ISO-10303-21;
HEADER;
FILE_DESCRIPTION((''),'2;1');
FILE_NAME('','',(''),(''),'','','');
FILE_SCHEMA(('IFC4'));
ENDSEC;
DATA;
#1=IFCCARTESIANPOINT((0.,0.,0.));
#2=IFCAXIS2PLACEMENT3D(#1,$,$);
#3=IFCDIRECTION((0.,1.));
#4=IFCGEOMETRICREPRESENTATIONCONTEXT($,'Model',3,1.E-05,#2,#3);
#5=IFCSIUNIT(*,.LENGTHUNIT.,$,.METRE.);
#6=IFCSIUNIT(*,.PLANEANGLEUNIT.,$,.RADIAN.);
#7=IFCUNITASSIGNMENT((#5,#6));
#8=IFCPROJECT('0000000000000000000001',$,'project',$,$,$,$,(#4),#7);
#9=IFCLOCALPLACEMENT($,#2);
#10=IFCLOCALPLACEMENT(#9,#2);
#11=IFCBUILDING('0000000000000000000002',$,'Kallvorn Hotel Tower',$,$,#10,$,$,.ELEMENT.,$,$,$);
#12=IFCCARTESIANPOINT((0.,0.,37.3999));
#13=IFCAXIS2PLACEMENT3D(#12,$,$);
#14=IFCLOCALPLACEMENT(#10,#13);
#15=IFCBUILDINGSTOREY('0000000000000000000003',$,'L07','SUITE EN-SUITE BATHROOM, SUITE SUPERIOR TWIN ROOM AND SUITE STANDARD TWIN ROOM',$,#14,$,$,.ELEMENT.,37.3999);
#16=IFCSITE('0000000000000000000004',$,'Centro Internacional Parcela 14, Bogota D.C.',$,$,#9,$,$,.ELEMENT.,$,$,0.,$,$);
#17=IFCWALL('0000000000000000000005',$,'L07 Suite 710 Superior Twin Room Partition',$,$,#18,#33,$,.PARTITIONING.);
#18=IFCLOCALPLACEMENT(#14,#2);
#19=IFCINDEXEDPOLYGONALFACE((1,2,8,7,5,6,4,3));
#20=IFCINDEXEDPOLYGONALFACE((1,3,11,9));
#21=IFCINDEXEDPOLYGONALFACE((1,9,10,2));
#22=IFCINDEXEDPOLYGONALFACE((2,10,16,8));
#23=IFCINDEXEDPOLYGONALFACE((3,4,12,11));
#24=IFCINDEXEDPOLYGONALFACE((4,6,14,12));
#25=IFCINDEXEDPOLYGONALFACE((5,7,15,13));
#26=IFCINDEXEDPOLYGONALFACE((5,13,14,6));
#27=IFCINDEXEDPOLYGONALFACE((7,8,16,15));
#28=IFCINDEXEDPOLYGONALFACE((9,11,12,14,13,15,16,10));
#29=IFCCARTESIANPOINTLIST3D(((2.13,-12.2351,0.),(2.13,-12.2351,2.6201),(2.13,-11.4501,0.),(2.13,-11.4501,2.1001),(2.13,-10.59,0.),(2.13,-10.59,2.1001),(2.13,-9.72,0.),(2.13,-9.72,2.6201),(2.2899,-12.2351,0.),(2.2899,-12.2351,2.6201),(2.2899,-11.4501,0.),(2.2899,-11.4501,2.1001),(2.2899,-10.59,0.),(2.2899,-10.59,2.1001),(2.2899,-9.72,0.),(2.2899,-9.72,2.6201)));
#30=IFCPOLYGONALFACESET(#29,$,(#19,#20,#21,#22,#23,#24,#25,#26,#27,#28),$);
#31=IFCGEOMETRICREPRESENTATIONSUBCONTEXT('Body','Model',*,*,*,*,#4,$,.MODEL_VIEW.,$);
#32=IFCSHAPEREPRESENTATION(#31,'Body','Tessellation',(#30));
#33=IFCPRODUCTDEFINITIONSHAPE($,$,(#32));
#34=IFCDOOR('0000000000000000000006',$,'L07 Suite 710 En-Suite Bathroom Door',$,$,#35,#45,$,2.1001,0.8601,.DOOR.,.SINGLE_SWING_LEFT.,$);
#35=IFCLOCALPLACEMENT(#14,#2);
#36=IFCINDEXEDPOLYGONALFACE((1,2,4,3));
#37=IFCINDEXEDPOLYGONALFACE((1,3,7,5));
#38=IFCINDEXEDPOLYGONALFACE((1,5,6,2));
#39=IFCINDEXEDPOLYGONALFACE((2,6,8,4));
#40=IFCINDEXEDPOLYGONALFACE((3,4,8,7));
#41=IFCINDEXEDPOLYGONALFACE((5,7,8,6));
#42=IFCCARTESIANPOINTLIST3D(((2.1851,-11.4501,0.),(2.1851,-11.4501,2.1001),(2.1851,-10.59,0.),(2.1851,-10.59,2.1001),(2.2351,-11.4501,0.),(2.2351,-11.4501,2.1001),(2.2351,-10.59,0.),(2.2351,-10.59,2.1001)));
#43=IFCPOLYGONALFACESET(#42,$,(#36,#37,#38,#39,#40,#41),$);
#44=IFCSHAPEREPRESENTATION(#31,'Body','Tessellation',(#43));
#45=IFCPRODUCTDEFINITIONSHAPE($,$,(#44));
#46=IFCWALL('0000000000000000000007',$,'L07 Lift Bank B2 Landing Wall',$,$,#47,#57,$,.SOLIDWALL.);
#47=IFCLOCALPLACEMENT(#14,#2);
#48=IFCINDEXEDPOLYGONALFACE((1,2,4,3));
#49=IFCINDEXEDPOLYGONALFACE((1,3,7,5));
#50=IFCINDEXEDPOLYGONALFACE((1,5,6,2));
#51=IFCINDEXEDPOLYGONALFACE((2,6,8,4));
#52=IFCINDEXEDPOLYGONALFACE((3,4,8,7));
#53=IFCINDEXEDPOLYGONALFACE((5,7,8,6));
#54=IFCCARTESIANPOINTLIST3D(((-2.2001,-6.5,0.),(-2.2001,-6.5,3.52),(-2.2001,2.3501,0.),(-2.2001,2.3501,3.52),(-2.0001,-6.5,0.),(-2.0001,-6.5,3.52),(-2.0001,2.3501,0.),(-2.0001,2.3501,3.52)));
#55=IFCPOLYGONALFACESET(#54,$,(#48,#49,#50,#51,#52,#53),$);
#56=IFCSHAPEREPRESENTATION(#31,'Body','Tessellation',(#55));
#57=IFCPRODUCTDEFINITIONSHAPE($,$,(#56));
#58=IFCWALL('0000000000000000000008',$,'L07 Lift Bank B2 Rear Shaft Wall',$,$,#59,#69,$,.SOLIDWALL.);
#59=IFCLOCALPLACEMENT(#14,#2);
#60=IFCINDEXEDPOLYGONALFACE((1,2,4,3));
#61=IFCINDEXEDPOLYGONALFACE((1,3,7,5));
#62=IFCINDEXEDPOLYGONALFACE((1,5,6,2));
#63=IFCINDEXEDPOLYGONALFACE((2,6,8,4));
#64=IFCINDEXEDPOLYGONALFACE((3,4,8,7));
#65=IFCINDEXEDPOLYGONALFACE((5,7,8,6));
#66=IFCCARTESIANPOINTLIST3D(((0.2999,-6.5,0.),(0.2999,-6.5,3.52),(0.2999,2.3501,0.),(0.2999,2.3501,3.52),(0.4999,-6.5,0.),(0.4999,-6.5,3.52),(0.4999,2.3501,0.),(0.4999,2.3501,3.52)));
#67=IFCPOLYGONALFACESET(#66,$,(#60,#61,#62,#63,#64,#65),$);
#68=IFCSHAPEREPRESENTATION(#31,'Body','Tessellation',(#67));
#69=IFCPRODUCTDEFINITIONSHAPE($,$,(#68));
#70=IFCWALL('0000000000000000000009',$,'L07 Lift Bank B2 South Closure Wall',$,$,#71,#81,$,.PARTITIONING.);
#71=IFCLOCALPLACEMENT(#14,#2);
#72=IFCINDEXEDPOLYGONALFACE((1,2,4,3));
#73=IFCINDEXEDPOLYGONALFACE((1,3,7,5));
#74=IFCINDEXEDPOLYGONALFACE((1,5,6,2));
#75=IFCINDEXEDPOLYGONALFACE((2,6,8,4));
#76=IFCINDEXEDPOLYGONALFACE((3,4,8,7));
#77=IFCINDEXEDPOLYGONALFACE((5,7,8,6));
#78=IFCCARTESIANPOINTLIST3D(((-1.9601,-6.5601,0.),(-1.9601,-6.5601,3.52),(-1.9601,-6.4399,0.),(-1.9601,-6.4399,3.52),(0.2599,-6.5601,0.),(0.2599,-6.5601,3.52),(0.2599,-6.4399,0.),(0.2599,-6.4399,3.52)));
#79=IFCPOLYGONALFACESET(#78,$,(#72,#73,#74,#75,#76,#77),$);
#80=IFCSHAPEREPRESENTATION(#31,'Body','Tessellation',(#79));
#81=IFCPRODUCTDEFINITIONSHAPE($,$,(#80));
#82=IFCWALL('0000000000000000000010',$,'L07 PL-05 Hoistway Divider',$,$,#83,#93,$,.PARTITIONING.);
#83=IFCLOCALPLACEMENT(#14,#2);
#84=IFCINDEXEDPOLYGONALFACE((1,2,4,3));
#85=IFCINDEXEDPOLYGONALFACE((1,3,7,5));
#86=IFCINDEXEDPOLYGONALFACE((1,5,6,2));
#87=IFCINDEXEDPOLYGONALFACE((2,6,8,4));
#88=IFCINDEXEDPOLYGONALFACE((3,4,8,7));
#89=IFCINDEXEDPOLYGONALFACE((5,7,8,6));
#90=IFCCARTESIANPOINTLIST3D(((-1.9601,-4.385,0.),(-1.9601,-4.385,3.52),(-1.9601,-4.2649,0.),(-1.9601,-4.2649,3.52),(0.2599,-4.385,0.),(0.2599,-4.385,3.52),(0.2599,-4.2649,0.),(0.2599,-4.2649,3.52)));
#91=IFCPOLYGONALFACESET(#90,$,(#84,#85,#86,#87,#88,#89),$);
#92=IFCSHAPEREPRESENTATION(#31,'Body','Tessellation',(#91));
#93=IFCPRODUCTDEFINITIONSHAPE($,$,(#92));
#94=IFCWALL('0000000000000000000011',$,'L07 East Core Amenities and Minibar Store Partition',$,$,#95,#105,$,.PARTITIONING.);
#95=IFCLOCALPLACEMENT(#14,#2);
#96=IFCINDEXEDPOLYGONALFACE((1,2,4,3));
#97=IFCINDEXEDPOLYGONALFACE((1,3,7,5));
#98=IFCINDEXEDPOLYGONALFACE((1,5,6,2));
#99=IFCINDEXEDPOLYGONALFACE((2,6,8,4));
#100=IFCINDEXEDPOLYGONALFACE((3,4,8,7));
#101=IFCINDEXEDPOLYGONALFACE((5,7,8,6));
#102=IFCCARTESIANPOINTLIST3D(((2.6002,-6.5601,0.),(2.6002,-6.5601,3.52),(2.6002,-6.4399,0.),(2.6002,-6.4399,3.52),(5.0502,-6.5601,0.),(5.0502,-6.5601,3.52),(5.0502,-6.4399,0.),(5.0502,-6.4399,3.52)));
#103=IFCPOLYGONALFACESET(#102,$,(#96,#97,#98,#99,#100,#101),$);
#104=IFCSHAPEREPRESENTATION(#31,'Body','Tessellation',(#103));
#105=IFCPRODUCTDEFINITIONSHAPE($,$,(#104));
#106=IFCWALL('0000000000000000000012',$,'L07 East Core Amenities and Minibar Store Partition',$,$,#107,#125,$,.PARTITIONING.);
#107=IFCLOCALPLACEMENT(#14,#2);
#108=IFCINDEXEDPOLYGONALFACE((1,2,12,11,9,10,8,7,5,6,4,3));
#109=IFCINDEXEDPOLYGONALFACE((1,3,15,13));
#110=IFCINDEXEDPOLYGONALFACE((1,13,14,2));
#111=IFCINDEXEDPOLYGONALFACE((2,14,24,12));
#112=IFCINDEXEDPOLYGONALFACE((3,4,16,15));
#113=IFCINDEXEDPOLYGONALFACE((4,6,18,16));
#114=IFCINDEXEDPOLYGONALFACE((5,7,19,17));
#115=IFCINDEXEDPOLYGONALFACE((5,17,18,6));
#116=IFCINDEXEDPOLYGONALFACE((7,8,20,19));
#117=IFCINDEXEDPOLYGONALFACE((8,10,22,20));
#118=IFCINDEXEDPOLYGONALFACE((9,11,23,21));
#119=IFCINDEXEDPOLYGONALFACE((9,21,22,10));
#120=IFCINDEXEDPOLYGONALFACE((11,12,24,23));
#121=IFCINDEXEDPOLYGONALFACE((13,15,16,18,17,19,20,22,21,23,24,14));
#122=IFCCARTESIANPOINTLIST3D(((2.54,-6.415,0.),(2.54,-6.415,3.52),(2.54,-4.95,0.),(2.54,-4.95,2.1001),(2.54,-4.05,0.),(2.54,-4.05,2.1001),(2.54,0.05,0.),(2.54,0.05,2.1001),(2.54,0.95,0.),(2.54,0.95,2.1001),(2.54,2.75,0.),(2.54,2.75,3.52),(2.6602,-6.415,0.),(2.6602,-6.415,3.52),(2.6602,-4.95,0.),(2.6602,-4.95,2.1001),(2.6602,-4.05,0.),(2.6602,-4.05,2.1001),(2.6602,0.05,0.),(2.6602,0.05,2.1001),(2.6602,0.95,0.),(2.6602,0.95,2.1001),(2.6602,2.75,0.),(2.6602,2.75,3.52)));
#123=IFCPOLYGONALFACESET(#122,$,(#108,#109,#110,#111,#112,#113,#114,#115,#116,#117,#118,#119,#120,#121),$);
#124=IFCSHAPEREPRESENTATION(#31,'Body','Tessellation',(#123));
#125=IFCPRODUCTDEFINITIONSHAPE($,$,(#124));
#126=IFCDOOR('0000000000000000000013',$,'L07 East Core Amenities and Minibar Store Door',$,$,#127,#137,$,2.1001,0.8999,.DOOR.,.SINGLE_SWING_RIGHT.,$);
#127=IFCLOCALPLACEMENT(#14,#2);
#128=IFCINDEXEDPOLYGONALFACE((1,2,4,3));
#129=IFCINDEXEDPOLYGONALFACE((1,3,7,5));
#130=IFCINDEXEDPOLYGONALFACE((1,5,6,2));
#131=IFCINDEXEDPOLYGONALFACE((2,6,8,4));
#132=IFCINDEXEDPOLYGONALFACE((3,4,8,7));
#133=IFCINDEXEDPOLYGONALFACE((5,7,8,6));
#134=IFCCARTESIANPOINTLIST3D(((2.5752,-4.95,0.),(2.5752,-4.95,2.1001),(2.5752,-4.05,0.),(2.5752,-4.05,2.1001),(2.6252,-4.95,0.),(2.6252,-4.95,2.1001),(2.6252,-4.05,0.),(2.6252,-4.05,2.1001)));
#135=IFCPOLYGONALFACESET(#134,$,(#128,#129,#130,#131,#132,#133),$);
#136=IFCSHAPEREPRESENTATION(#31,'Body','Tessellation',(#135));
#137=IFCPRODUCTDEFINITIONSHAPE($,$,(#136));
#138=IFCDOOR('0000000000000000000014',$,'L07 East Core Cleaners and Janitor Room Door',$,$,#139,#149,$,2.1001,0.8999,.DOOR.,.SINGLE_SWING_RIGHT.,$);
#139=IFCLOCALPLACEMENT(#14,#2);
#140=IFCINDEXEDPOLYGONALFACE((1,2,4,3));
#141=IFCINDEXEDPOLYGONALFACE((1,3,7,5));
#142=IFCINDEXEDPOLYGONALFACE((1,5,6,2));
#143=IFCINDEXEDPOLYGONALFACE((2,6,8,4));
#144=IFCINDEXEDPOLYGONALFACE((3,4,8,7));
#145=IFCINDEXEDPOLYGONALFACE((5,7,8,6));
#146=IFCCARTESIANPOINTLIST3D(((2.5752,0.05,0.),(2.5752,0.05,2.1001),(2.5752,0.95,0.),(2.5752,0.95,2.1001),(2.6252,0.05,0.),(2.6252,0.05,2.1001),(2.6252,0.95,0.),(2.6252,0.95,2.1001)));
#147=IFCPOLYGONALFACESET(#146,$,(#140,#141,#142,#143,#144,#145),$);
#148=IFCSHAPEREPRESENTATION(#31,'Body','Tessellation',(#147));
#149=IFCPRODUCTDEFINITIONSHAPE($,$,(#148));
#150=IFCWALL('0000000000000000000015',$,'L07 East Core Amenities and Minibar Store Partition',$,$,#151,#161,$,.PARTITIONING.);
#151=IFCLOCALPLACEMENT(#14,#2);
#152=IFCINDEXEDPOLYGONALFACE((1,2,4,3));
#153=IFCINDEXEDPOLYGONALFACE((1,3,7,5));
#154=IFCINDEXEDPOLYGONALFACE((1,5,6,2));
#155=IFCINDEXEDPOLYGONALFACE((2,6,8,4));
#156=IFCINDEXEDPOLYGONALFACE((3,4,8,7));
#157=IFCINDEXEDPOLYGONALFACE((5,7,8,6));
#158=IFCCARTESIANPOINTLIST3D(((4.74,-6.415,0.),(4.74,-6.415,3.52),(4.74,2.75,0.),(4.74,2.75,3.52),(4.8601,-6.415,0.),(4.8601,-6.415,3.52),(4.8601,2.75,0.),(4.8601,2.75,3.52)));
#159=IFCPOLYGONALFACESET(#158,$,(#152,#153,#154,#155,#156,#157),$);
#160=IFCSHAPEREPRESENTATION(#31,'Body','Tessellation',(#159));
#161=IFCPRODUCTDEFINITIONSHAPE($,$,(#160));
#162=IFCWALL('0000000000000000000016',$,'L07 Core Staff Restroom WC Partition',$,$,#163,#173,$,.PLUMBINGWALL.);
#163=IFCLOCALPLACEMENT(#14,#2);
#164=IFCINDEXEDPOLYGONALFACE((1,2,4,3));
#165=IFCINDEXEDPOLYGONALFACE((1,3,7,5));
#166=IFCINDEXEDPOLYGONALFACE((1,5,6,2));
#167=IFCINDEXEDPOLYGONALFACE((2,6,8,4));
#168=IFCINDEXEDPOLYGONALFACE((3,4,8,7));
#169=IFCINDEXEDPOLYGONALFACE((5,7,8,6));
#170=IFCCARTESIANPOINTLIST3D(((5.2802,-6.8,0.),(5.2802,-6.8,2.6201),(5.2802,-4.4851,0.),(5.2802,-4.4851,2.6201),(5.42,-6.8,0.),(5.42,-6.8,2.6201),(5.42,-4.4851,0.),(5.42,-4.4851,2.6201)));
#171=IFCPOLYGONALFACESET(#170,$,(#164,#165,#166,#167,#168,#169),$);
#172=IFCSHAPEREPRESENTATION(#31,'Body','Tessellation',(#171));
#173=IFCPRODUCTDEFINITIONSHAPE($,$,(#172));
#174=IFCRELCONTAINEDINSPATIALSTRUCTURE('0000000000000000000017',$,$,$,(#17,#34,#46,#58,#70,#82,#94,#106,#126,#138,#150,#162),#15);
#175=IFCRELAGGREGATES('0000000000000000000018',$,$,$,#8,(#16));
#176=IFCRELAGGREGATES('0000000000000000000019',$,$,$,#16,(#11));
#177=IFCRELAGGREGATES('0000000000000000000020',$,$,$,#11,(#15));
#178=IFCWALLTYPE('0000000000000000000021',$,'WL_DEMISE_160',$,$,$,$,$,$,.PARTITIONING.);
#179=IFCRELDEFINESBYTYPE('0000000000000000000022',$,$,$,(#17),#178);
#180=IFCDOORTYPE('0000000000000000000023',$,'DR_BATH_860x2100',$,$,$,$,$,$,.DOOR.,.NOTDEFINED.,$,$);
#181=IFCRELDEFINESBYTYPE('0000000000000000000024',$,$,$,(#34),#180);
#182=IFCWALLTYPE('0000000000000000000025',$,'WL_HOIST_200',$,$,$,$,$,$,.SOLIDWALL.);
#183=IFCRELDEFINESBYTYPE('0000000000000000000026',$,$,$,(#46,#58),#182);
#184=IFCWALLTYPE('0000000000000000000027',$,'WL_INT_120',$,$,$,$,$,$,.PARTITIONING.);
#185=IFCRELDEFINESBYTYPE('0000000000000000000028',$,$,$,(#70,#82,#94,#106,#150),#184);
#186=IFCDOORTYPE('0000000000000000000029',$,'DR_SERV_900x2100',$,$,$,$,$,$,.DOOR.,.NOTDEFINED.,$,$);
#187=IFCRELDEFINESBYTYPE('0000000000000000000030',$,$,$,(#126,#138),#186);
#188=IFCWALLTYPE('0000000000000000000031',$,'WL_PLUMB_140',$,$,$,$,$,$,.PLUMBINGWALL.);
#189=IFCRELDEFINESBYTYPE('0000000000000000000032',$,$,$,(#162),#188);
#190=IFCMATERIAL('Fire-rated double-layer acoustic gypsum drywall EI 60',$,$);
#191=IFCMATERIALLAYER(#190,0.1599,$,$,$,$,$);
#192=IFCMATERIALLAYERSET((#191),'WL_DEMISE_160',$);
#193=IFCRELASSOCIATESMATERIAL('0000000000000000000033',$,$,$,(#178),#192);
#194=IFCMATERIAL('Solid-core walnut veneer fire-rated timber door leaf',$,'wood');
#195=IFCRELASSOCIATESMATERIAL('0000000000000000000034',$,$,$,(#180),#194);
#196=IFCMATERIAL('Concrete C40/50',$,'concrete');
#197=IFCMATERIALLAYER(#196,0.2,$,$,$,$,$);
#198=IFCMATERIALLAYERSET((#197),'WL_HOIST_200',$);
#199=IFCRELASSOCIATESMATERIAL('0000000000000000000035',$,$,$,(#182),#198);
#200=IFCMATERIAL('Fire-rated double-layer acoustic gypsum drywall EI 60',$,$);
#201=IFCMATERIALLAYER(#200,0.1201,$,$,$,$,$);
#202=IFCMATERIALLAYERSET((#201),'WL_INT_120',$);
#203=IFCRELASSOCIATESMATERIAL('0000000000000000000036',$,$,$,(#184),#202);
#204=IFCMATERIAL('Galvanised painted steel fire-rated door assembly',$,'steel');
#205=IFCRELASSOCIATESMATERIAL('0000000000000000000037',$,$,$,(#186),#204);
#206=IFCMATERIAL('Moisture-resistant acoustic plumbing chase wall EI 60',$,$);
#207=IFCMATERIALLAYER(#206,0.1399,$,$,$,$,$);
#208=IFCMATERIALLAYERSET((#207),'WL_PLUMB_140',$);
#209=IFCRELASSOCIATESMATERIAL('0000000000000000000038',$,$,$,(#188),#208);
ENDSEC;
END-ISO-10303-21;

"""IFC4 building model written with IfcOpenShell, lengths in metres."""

from ifc_helpers import new_model, si_unit, direction, frame, frame_2d, origin, place, context, subcontext, project, spatial, rectangle, extrude, material, layer, layer_set, type_object, element, fill, save


model = new_model("IFC4")

# Units and contexts
model_context = context("Model", 3, precision=1e-05, world=origin(), true_north=direction((0.0, 1.0)))
body_context = subcontext(model_context, "Body", "Model", "MODEL_VIEW")
ifc_project = project(units=[si_unit("LENGTHUNIT", "METRE"), si_unit("PLANEANGLEUNIT", "RADIAN")], contexts=[model_context])

# Site, building, storey
site_placement = place(None, origin())
site = spatial("IfcSite", under=ifc_project, at=site_placement, Name="Centro Internacional Parcela 14, Bogota D.C.", CompositionType="ELEMENT", RefElevation=0.0)
building_placement = place(site_placement, origin())
building = spatial("IfcBuilding", under=site, at=building_placement, Name="Kallvorn Hotel Tower", CompositionType="ELEMENT")
storey_placement = place(building_placement, frame((0.0, 0.0, 37.3999)))
storey = spatial("IfcBuildingStorey", under=building, at=storey_placement, Name="L07", Description="SUITE EN-SUITE BATHROOM, SUITE SUPERIOR TWIN ROOM AND SUITE STANDARD TWIN ROOM", CompositionType="ELEMENT", Elevation=37.3999)

# Wall, opening, door
ifc_material_1 = material(Name="Fire-rated double-layer acoustic gypsum drywall EI 60")
ifc_layer_1 = layer(ifc_material_1, 0.1599)
ifc_layer_set_1 = layer_set([ifc_layer_1], Name="WL_DEMISE_160")
wall_type_1 = type_object("IfcWallType", Name="WL_DEMISE_160", PredefinedType="PARTITIONING", material=ifc_layer_set_1)
ifc_material_2 = material(Name="Solid-core walnut veneer fire-rated timber door leaf", Category="wood")
door_type_1 = type_object("IfcDoorType", Name="DR_BATH_860x2100", OperationType="NOTDEFINED", PredefinedType="DOOR", material=ifc_material_2)
wall_1_placement = place(storey_placement, frame((2.21, -12.2351, 0.0), z_axis=(0.0, 0.0, 1.0), x_axis=(0.0, 1.0, 0.0)))
wall_1 = element("IfcWall", 1, at=wall_1_placement, inside=storey, type_object=wall_type_1, Name="L07 Suite 710 Superior Twin Room Partition", PredefinedType="PARTITIONING", context=body_context, shape_type="SweptSolid", body=[
    extrude(rectangle(XDim=2.5151, YDim=0.1599, at=frame_2d((1.2576, 0.0))), origin(), (0.0, 0.0, 1.0), 2.6201),
])
opening_1_placement = place(wall_1_placement, frame((0.7849, 0.0, 0.0)))
opening_1 = element("IfcOpeningElement", 2, at=opening_1_placement, cuts=wall_1, PredefinedType="OPENING", context=body_context, shape_type="SweptSolid", body=[
    extrude(rectangle(XDim=0.8601, YDim=2.1001, at=frame_2d((0.4302, 1.05))), frame((0.0, 0.095, 0.0), z_axis=(0.0, -1.0, 0.0), x_axis=(1.0, 0.0, 0.0)), (0.0, 0.0, 1.0), 0.1899),
])
door_1_placement = place(opening_1_placement, origin())
door_1 = element("IfcDoor", 3, at=door_1_placement, inside=storey, type_object=door_type_1, Name="L07 Suite 710 En-Suite Bathroom Door", OperationType="SINGLE_SWING_LEFT", OverallHeight=2.1001, OverallWidth=0.8601, PredefinedType="DOOR", context=body_context, shape_type="SweptSolid", body=[
    extrude(rectangle(XDim=0.8601, YDim=2.1001, at=frame_2d((0.4302, 1.05))), frame((0.0, 0.0249, 0.0), z_axis=(0.0, -1.0, 0.0), x_axis=(1.0, 0.0, 0.0)), (0.0, 0.0, 1.0), 0.05),
])
fill(opening_1, door_1)

# Walls
ifc_material_3 = material(Name="Concrete C40/50", Category="concrete")
ifc_layer_2 = layer(ifc_material_3, 0.2)
ifc_layer_set_2 = layer_set([ifc_layer_2], Name="WL_HOIST_200")
wall_type_2 = type_object("IfcWallType", Name="WL_HOIST_200", PredefinedType="SOLIDWALL", material=ifc_layer_set_2)
for number, where, z_axis, x_axis, name in (
    (4, (-2.1001, -6.5, 0.0), (0.0, 0.0, 1.0), (0.0, 1.0, 0.0), "L07 Lift Bank B2 Landing Wall"),
    (5, (0.3999, -6.5, 0.0), (0.0, 0.0, 1.0), (0.0, 1.0, 0.0), "L07 Lift Bank B2 Rear Shaft Wall"),
):
    element("IfcWall", number, at=place(storey_placement, frame(where, z_axis=z_axis, x_axis=x_axis)), inside=storey, type_object=wall_type_2, Name=name, PredefinedType="SOLIDWALL", context=body_context, shape_type="SweptSolid", body=[
        extrude(rectangle(XDim=8.8501, YDim=0.2, at=frame_2d((4.425, 0.0))), origin(), (0.0, 0.0, 1.0), 3.52),
    ])
ifc_material_4 = material(Name="Fire-rated double-layer acoustic gypsum drywall EI 60")
ifc_layer_3 = layer(ifc_material_4, 0.1201)
ifc_layer_set_3 = layer_set([ifc_layer_3], Name="WL_INT_120")
wall_type_3 = type_object("IfcWallType", Name="WL_INT_120", PredefinedType="PARTITIONING", material=ifc_layer_set_3)
for number, where, z_axis, x_axis, name in (
    (6, (-1.96, -6.5, 0.0), (0.0, 0.0, 1.0), (1.0, 0.0, 0.0), "L07 Lift Bank B2 South Closure Wall"),
    (7, (-1.96, -4.325, 0.0), (0.0, 0.0, 1.0), (1.0, 0.0, 0.0), "L07 PL-05 Hoistway Divider"),
):
    element("IfcWall", number, at=place(storey_placement, frame(where, z_axis=z_axis, x_axis=x_axis)), inside=storey, type_object=wall_type_3, Name=name, PredefinedType="PARTITIONING", context=body_context, shape_type="SweptSolid", body=[
        extrude(rectangle(XDim=2.22, YDim=0.1201, at=frame_2d((1.1099, 0.0))), origin(), (0.0, 0.0, 1.0), 3.52),
    ])
wall_2_placement = place(storey_placement, frame((2.6001, -6.5, 0.0), z_axis=(0.0, 0.0, 1.0), x_axis=(1.0, 0.0, 0.0)))
element("IfcWall", 8, at=wall_2_placement, inside=storey, type_object=wall_type_3, Name="L07 East Core Amenities and Minibar Store Partition", PredefinedType="PARTITIONING", context=body_context, shape_type="SweptSolid", body=[
    extrude(rectangle(XDim=2.45, YDim=0.1201, at=frame_2d((1.2251, 0.0))), origin(), (0.0, 0.0, 1.0), 3.52),
])

# Wall, openings, doors
wall_3_placement = place(storey_placement, frame((2.6001, -6.415, 0.0), z_axis=(0.0, 0.0, 1.0), x_axis=(0.0, 1.0, 0.0)))
wall_3 = element("IfcWall", 9, at=wall_3_placement, inside=storey, type_object=wall_type_3, Name="L07 East Core Amenities and Minibar Store Partition", PredefinedType="PARTITIONING", context=body_context, shape_type="SweptSolid", body=[
    extrude(rectangle(XDim=9.165, YDim=0.1201, at=frame_2d((4.5825, 0.0))), origin(), (0.0, 0.0, 1.0), 3.52),
])
opening_2_placement = place(wall_3_placement, frame((1.4651, 0.0, 0.0)))
opening_2 = element("IfcOpeningElement", 10, at=opening_2_placement, cuts=wall_3, PredefinedType="OPENING", context=body_context, shape_type="SweptSolid", body=[
    extrude(rectangle(XDim=0.8999, YDim=2.1001, at=frame_2d((0.45, 1.05))), frame((0.0, 0.075, 0.0), z_axis=(0.0, -1.0, 0.0), x_axis=(1.0, 0.0, 0.0)), (0.0, 0.0, 1.0), 0.1501),
])
opening_3_placement = place(wall_3_placement, frame((6.4651, 0.0, 0.0)))
opening_3 = element("IfcOpeningElement", 11, at=opening_3_placement, cuts=wall_3, PredefinedType="OPENING", context=body_context, shape_type="SweptSolid", body=[
    extrude(rectangle(XDim=0.8999, YDim=2.1001, at=frame_2d((0.45, 1.05))), frame((0.0, 0.075, 0.0), z_axis=(0.0, -1.0, 0.0), x_axis=(1.0, 0.0, 0.0)), (0.0, 0.0, 1.0), 0.1501),
])
ifc_material_5 = material(Name="Galvanised painted steel fire-rated door assembly", Category="steel")
door_type_2 = type_object("IfcDoorType", Name="DR_SERV_900x2100", OperationType="NOTDEFINED", PredefinedType="DOOR", material=ifc_material_5)
door_2_placement = place(opening_2_placement, origin())
door_2 = element("IfcDoor", 12, at=door_2_placement, inside=storey, type_object=door_type_2, Name="L07 East Core Amenities and Minibar Store Door", OperationType="SINGLE_SWING_RIGHT", OverallHeight=2.1001, OverallWidth=0.8999, PredefinedType="DOOR", context=body_context, shape_type="SweptSolid", body=[
    extrude(rectangle(XDim=0.8999, YDim=2.1001, at=frame_2d((0.45, 1.05))), frame((0.0, 0.0249, 0.0), z_axis=(0.0, -1.0, 0.0), x_axis=(1.0, 0.0, 0.0)), (0.0, 0.0, 1.0), 0.05),
])
fill(opening_2, door_2)
door_3_placement = place(opening_3_placement, origin())
door_3 = element("IfcDoor", 13, at=door_3_placement, inside=storey, type_object=door_type_2, Name="L07 East Core Cleaners and Janitor Room Door", OperationType="SINGLE_SWING_RIGHT", OverallHeight=2.1001, OverallWidth=0.8999, PredefinedType="DOOR", context=body_context, shape_type="SweptSolid", body=[
    extrude(rectangle(XDim=0.8999, YDim=2.1001, at=frame_2d((0.45, 1.05))), frame((0.0, 0.0249, 0.0), z_axis=(0.0, -1.0, 0.0), x_axis=(1.0, 0.0, 0.0)), (0.0, 0.0, 1.0), 0.05),
])
fill(opening_3, door_3)

# Walls
wall_4_placement = place(storey_placement, frame((4.8, -6.415, 0.0), z_axis=(0.0, 0.0, 1.0), x_axis=(0.0, 1.0, 0.0)))
element("IfcWall", 14, at=wall_4_placement, inside=storey, type_object=wall_type_3, Name="L07 East Core Amenities and Minibar Store Partition", PredefinedType="PARTITIONING", context=body_context, shape_type="SweptSolid", body=[
    extrude(rectangle(XDim=9.165, YDim=0.1201, at=frame_2d((4.5825, 0.0))), origin(), (0.0, 0.0, 1.0), 3.52),
])
ifc_material_6 = material(Name="Moisture-resistant acoustic plumbing chase wall EI 60")
ifc_layer_4 = layer(ifc_material_6, 0.1399)
ifc_layer_set_4 = layer_set([ifc_layer_4], Name="WL_PLUMB_140")
wall_type_4 = type_object("IfcWallType", Name="WL_PLUMB_140", PredefinedType="PLUMBINGWALL", material=ifc_layer_set_4)
wall_5_placement = place(storey_placement, frame((5.3501, -6.8, 0.0), z_axis=(0.0, 0.0, 1.0), x_axis=(0.0, 1.0, 0.0)))
element("IfcWall", 15, at=wall_5_placement, inside=storey, type_object=wall_type_4, Name="L07 Core Staff Restroom WC Partition", PredefinedType="PLUMBINGWALL", context=body_context, shape_type="SweptSolid", body=[
    extrude(rectangle(XDim=2.3149, YDim=0.1399, at=frame_2d((1.1575, 0.0))), origin(), (0.0, 0.0, 1.0), 2.6201),
])

save(model, "model.ifc")
